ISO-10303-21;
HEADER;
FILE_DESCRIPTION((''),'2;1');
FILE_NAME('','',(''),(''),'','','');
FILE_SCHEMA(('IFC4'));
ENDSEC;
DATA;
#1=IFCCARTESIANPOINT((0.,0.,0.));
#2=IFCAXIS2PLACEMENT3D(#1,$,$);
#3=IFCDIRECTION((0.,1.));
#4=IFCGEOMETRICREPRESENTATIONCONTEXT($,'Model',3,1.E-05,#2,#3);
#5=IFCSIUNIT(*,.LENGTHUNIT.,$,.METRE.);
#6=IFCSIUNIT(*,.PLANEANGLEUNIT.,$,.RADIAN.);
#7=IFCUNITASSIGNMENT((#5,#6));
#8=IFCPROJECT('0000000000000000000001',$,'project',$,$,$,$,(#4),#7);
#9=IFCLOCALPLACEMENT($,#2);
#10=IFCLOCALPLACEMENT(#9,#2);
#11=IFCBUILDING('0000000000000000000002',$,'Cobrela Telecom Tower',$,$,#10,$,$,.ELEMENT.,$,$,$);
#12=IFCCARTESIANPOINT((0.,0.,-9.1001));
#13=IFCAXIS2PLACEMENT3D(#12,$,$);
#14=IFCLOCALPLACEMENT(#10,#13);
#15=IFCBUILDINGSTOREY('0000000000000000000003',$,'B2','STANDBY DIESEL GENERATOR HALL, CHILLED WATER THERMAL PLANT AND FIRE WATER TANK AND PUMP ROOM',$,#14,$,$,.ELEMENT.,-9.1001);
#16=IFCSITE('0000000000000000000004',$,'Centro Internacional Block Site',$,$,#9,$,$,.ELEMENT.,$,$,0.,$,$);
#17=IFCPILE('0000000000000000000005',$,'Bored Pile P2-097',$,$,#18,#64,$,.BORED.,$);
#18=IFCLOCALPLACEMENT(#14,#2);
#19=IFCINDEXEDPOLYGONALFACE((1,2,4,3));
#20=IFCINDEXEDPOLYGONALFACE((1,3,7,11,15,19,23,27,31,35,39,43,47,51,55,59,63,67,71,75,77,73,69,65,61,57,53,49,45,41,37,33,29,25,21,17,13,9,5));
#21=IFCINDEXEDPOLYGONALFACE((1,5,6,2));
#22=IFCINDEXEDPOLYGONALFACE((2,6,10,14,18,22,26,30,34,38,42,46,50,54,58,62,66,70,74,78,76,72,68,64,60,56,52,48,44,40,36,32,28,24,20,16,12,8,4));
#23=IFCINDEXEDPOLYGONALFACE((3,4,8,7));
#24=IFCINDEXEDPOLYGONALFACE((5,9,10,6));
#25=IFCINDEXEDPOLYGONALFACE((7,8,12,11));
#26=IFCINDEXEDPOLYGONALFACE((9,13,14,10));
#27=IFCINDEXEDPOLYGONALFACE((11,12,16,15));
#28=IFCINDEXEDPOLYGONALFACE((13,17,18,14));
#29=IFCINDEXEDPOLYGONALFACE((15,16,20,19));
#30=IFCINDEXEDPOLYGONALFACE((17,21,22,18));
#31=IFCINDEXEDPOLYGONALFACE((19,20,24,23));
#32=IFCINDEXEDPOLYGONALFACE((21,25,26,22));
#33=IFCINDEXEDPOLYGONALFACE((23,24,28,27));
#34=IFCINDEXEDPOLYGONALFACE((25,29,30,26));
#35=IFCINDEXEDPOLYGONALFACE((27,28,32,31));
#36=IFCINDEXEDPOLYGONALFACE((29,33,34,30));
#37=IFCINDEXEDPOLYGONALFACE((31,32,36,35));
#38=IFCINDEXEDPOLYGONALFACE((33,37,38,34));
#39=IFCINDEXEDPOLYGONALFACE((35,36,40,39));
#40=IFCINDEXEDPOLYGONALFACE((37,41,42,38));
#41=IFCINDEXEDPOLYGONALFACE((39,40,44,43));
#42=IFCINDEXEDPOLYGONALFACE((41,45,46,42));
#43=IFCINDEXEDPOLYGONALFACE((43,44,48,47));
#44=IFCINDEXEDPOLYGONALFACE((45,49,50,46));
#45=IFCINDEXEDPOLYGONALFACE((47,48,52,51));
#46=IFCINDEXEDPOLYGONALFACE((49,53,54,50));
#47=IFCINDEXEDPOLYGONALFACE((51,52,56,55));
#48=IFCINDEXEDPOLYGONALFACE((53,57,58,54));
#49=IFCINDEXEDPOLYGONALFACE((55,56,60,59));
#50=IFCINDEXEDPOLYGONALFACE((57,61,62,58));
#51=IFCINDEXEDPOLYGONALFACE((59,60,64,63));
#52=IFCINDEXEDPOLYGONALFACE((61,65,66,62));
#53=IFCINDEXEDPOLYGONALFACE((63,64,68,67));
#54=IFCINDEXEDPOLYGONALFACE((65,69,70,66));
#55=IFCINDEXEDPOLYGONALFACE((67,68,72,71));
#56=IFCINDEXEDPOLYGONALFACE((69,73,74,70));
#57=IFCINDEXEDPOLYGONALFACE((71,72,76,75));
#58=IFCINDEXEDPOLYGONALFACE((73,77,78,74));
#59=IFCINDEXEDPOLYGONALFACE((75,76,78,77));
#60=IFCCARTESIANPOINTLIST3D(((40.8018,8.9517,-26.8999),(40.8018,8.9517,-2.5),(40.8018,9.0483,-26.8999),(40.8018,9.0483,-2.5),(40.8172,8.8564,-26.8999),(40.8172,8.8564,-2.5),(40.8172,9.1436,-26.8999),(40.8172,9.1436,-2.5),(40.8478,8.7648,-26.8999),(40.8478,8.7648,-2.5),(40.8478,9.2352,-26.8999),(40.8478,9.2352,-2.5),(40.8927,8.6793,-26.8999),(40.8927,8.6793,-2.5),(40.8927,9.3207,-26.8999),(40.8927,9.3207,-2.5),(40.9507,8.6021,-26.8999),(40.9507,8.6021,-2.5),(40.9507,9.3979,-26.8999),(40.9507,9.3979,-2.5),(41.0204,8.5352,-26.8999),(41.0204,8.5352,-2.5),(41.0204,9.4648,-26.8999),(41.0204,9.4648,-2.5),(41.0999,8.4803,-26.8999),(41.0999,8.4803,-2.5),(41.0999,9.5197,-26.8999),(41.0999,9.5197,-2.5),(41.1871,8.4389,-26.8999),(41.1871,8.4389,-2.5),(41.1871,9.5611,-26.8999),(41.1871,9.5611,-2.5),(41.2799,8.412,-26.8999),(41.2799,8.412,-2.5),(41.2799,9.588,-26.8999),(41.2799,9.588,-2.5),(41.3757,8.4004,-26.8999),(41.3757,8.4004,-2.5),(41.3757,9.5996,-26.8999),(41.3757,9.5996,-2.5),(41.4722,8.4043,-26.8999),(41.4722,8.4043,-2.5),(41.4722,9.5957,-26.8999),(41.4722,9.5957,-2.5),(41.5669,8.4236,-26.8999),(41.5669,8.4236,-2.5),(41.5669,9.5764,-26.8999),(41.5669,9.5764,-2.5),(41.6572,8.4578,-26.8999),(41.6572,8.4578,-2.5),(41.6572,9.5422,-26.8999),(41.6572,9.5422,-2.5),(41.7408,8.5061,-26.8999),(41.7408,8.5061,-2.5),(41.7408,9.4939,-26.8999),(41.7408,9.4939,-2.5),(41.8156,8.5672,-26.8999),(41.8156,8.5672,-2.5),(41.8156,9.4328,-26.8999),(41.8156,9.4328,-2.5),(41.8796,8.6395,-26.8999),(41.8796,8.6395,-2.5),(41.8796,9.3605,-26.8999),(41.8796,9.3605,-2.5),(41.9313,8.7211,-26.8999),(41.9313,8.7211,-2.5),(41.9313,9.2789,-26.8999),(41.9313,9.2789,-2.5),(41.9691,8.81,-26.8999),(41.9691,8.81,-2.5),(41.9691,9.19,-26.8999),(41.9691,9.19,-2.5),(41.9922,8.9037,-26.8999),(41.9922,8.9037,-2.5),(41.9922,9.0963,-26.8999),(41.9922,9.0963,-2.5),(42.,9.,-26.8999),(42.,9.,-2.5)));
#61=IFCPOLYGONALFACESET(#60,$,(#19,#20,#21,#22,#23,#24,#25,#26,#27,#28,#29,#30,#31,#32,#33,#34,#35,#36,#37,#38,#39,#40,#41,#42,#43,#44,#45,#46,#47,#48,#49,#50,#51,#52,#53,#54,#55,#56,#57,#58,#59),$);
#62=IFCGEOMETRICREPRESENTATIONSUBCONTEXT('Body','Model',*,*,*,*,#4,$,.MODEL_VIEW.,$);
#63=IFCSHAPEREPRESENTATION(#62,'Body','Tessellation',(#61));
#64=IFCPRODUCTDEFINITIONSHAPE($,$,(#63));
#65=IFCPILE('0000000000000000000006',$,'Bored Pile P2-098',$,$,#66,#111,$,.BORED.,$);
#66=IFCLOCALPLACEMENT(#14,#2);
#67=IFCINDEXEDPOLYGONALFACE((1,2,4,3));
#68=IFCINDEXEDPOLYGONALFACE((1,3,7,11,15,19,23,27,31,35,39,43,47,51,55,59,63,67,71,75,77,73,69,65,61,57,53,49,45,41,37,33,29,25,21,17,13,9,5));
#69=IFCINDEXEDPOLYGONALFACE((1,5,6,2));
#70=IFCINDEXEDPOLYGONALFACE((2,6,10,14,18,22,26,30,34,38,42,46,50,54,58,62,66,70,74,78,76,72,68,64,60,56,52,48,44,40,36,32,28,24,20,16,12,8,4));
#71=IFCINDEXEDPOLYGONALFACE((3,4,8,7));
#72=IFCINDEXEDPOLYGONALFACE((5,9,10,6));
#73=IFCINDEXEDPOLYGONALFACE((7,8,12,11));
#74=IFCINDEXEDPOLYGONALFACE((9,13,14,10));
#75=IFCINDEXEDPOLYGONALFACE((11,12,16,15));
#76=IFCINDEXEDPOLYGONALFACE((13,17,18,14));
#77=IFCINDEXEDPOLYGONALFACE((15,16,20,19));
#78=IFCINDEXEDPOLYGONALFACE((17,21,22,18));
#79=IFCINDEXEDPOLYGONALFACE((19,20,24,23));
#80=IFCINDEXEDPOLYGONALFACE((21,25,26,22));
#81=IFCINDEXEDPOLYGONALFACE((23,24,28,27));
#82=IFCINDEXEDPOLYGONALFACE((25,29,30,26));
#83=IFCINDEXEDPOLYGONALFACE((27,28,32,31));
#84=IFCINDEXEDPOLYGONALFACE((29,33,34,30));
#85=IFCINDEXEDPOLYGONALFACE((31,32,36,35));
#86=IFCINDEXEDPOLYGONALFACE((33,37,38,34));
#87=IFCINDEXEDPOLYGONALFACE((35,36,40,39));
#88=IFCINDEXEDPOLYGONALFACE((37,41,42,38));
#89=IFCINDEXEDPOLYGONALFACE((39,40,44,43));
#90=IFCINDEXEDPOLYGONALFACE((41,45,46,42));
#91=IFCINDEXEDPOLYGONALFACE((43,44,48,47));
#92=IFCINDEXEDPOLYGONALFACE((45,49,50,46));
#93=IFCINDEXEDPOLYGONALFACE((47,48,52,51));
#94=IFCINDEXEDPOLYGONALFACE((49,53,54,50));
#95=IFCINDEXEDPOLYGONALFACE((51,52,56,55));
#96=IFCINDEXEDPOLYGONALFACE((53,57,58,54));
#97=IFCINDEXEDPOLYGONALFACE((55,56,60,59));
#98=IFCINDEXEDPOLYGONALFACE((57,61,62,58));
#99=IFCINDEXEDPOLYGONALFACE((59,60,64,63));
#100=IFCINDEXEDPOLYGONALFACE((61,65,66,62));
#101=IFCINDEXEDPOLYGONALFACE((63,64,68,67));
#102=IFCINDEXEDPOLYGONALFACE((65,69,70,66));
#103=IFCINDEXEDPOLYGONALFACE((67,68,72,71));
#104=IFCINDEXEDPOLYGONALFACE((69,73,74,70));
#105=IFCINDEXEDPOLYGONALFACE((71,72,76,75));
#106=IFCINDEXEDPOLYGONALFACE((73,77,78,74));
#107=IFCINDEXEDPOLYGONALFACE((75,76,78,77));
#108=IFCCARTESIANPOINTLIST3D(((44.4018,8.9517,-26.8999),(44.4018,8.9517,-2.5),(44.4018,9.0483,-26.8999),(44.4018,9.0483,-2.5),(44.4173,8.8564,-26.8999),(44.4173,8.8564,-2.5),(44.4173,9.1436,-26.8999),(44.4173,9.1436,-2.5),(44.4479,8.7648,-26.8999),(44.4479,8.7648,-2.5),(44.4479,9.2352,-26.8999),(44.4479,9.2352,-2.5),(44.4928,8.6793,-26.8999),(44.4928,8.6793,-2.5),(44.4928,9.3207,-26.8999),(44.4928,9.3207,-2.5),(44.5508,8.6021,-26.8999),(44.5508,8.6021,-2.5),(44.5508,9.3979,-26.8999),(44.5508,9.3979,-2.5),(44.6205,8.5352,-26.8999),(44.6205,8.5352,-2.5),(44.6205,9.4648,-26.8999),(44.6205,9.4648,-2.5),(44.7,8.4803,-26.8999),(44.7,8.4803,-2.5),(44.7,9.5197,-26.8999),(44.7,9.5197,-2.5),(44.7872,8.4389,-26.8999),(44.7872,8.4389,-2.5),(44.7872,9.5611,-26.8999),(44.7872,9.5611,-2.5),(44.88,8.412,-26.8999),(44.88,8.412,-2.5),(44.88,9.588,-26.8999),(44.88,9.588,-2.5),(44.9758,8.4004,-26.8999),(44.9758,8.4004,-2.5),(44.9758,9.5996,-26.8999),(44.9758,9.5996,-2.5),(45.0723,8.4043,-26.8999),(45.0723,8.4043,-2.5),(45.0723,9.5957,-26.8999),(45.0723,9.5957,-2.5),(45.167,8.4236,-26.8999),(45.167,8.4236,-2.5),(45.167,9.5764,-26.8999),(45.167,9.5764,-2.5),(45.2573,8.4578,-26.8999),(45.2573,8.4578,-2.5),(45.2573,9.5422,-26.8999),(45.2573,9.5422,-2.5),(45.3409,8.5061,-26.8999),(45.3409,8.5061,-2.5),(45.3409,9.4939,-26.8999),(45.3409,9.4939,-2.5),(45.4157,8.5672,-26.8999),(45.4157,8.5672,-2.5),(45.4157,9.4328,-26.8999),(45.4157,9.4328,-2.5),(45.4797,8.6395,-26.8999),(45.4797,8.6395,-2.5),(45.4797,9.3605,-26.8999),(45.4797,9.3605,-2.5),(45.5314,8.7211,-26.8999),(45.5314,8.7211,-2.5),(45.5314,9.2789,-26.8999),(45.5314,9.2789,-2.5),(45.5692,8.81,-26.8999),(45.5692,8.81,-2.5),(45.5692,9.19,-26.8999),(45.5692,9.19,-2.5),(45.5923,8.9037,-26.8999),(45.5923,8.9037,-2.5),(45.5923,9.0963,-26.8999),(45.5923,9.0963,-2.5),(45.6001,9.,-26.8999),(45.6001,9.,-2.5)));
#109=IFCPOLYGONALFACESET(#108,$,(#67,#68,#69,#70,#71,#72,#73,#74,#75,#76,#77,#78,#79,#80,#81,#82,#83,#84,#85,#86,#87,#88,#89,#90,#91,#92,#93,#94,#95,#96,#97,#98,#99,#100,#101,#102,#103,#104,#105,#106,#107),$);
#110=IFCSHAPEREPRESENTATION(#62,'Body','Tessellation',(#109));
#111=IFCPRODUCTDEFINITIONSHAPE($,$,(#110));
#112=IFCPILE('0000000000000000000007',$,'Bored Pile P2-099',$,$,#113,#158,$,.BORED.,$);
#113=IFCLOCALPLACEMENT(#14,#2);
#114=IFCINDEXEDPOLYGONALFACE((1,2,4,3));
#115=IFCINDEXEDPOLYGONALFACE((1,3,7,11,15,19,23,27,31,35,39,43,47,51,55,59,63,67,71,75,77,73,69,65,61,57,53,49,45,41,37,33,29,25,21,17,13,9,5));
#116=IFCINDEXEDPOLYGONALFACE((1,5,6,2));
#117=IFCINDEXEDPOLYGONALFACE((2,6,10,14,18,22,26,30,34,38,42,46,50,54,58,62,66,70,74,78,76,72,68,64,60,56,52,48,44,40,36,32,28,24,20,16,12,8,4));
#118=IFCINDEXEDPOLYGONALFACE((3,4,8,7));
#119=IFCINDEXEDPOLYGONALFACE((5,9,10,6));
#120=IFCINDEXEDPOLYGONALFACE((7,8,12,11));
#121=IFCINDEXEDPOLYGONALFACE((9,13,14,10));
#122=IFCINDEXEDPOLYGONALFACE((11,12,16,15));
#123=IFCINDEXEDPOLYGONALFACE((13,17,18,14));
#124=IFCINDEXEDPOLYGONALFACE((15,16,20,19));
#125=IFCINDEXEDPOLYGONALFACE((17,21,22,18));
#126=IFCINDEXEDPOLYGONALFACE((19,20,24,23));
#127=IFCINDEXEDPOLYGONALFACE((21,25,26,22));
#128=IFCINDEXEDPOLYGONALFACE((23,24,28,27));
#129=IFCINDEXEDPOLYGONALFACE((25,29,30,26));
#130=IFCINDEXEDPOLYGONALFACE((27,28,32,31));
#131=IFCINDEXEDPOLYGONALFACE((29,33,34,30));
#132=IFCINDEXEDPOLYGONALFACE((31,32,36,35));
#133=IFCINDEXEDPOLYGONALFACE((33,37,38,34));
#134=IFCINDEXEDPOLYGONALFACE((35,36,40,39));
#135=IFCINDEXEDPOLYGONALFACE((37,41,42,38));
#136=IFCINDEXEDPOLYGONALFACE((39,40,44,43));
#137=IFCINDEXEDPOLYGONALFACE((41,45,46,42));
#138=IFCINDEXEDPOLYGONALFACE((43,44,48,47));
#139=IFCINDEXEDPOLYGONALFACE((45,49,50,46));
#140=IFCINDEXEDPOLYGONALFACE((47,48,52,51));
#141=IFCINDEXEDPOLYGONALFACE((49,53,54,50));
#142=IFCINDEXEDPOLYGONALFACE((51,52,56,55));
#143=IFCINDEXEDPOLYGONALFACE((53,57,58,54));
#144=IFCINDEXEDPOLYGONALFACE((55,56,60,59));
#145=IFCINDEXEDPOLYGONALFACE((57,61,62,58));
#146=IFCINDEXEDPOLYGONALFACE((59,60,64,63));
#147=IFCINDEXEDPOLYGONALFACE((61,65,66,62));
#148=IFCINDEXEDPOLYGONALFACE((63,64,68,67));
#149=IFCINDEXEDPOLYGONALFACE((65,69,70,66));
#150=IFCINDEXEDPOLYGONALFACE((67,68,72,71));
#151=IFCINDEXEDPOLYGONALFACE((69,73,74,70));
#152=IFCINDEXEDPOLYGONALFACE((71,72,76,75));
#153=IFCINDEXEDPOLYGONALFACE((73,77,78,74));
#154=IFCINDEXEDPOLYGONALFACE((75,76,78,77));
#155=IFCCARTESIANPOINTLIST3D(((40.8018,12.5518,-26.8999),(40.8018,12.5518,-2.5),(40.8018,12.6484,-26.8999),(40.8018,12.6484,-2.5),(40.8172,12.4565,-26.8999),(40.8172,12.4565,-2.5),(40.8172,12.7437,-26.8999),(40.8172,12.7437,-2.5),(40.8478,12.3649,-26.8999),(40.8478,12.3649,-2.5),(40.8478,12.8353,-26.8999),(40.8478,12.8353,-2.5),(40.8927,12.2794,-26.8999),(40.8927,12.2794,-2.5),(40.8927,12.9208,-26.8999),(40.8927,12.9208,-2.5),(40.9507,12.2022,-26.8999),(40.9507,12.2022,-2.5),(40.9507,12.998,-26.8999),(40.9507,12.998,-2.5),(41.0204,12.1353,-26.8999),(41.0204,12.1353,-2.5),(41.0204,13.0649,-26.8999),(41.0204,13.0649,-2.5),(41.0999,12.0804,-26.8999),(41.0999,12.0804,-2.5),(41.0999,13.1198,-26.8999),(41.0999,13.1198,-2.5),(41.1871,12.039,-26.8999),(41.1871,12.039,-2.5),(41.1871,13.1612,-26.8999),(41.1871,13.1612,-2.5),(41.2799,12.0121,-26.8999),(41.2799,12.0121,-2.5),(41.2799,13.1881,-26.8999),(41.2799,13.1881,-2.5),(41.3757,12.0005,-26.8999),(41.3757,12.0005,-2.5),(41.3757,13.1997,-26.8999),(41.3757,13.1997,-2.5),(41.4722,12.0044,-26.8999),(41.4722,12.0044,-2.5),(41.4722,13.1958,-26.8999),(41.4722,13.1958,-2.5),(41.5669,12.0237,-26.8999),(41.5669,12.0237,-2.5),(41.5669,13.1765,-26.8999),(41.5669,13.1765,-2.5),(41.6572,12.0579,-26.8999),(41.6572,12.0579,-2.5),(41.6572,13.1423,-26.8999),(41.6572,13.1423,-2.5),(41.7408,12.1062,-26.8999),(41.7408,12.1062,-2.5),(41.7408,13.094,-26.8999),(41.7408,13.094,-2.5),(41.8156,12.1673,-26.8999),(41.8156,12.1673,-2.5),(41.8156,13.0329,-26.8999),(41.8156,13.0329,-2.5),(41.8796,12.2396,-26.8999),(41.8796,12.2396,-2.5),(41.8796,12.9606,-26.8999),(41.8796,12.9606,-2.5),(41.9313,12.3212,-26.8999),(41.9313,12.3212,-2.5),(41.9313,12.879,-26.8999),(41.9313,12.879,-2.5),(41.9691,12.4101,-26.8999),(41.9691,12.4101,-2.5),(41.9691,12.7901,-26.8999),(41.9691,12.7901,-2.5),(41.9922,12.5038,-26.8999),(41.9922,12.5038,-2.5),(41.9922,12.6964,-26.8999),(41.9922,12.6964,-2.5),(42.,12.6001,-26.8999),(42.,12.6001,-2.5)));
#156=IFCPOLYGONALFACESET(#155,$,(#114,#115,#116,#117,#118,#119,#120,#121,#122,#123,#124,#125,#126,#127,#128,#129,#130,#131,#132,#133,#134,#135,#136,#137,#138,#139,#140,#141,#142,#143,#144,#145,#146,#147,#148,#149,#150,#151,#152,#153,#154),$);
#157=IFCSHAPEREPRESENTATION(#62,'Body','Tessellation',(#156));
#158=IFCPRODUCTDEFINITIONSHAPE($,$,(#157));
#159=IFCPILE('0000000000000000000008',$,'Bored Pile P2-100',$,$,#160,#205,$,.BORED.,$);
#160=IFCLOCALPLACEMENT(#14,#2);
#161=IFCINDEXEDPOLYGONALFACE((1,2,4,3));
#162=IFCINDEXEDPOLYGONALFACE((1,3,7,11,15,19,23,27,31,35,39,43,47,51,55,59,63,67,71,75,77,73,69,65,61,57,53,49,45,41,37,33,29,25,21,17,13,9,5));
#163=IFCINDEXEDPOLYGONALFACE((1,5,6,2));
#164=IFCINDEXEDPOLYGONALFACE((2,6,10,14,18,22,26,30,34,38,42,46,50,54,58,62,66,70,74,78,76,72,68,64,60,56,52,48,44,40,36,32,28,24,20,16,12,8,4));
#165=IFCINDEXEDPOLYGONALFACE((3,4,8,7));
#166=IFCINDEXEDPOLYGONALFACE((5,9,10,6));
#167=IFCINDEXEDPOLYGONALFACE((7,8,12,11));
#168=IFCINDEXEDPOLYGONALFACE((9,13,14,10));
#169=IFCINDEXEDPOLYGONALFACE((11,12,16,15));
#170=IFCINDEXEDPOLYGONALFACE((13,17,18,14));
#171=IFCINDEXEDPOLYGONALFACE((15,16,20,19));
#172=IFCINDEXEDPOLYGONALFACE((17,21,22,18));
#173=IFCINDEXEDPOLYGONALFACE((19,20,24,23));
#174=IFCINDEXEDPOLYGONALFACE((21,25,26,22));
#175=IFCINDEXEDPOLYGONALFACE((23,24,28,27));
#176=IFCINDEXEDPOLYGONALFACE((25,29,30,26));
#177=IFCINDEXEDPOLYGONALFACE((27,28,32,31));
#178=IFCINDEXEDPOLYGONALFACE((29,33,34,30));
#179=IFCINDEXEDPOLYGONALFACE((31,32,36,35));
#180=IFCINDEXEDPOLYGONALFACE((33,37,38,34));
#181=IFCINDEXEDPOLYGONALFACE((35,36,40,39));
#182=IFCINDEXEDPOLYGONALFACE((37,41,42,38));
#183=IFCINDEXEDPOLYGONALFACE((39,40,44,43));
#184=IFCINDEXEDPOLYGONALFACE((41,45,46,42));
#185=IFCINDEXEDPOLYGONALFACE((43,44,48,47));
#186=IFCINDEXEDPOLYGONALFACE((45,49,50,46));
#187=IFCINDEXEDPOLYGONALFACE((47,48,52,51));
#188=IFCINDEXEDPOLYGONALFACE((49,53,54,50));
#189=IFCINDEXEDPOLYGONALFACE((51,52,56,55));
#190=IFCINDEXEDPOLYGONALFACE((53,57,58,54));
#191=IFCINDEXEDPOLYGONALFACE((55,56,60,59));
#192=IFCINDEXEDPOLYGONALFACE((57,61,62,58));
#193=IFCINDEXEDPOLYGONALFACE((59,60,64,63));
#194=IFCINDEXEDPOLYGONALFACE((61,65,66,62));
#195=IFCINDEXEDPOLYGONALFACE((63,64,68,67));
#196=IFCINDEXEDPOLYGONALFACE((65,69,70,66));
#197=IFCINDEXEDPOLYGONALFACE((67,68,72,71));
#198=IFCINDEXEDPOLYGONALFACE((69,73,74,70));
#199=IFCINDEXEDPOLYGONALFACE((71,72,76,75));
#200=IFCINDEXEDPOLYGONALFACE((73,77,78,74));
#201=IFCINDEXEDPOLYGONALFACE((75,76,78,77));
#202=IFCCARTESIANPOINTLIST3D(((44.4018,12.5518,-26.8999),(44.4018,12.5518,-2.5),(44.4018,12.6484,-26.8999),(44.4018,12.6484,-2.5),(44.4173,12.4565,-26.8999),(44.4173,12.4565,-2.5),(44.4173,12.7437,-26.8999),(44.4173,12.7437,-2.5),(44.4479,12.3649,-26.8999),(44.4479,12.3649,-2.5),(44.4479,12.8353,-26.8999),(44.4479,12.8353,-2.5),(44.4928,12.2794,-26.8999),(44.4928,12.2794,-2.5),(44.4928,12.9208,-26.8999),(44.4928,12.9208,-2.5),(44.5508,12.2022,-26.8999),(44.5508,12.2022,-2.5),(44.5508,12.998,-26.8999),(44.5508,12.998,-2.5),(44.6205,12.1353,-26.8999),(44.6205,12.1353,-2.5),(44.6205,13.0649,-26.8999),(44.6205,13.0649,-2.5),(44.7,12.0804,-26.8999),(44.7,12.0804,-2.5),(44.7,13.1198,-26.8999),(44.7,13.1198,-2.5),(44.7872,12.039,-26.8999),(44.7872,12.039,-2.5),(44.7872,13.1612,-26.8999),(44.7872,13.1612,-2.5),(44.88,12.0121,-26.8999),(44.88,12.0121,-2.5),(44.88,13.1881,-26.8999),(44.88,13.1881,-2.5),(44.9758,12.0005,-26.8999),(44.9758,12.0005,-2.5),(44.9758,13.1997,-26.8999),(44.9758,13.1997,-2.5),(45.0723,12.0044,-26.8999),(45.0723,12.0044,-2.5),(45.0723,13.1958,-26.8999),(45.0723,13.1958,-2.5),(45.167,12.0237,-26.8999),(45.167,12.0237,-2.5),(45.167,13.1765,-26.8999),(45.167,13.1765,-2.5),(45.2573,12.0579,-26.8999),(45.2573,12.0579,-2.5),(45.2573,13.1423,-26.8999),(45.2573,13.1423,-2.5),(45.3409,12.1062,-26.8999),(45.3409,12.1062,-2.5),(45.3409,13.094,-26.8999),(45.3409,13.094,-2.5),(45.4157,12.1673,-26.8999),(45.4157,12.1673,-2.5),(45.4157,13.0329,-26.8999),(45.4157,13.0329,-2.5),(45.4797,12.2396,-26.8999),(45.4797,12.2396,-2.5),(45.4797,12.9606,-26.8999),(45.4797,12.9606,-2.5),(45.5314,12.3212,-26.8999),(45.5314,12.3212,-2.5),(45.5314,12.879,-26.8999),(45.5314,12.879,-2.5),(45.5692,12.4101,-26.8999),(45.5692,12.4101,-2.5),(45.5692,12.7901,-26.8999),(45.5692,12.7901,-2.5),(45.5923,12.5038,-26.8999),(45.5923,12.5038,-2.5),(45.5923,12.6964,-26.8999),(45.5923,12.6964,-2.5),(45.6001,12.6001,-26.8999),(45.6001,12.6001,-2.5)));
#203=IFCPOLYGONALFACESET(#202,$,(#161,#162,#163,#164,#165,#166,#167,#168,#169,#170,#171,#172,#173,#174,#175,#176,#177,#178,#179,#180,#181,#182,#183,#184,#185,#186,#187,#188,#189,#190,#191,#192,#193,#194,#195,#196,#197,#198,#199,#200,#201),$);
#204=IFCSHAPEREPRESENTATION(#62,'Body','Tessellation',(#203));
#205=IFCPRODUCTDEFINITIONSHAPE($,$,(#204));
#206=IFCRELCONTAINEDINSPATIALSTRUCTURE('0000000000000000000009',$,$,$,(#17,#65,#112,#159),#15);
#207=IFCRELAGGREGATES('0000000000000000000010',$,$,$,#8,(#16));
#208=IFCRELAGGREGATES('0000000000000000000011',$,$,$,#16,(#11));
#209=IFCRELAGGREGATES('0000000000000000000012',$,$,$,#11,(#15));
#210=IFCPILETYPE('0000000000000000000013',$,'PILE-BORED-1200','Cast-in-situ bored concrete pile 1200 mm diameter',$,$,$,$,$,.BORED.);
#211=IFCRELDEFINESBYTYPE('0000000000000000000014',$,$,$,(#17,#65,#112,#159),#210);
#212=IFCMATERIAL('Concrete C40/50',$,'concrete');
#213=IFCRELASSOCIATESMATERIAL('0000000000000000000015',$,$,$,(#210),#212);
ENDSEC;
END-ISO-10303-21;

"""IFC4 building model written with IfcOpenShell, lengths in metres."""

from ifc_helpers import new_model, si_unit, direction, frame, origin, origin_2d, place, context, subcontext, project, spatial, circle, extrude, material, material_profile, profile_set, type_object, element, save


model = new_model("IFC4")

# Units and contexts
model_context = context("Model", 3, precision=1e-05, world=origin(), true_north=direction((0.0, 1.0)))
body_context = subcontext(model_context, "Body", "Model", "MODEL_VIEW")
ifc_project = project(units=[si_unit("LENGTHUNIT", "METRE"), si_unit("PLANEANGLEUNIT", "RADIAN")], contexts=[model_context])

# Site, building, storey
site_placement = place(None, origin())
site = spatial("IfcSite", under=ifc_project, at=site_placement, Name="Centro Internacional Block Site", CompositionType="ELEMENT", RefElevation=0.0)
building_placement = place(site_placement, origin())
building = spatial("IfcBuilding", under=site, at=building_placement, Name="Cobrela Telecom Tower", CompositionType="ELEMENT")
storey_placement = place(building_placement, frame((0.0, 0.0, -9.1001)))
storey = spatial("IfcBuildingStorey", under=building, at=storey_placement, Name="B2", Description="STANDBY DIESEL GENERATOR HALL, CHILLED WATER THERMAL PLANT AND FIRE WATER TANK AND PUMP ROOM", CompositionType="ELEMENT", Elevation=-9.1001)

# Shared definitions
ifc_material_1 = material(Name="Concrete C40/50", Category="concrete")

# Piles
ifc_material_profile_1 = material_profile(ifc_material_1, circle(Radius=0.6001, at=origin_2d()), Name="BORED PILE D1200")
ifc_profile_set_1 = profile_set([ifc_material_profile_1], Name="Concrete C40/50")
pile_type = type_object("IfcPileType", Name="PILE-BORED-1200", Description="Cast-in-situ bored concrete pile 1200 mm diameter", PredefinedType="BORED", material=ifc_profile_set_1)
for number, where, z_axis, x_axis, name in (
    (1, (41.3999, 9.0, -2.5), (0.0, 0.0, -1.0), (1.0, 0.0, 0.0), "Bored Pile P2-097"),
    (2, (45.0, 9.0, -2.5), (0.0, 0.0, -1.0), (1.0, 0.0, 0.0), "Bored Pile P2-098"),
    (3, (41.3999, 12.6001, -2.5), (0.0, 0.0, -1.0), (1.0, 0.0, 0.0), "Bored Pile P2-099"),
    (4, (45.0, 12.6001, -2.5), (0.0, 0.0, -1.0), (1.0, 0.0, 0.0), "Bored Pile P2-100"),
):
    element("IfcPile", number, at=place(storey_placement, frame(where, z_axis=z_axis, x_axis=x_axis)), inside=storey, type_object=pile_type, Name=name, PredefinedType="BORED", context=body_context, shape_type="SweptSolid", body=[
        extrude(circle(Radius=0.6001, at=origin_2d()), origin(), (0.0, 0.0, 1.0), 24.3999),
    ])

save(model, "model.ifc")
